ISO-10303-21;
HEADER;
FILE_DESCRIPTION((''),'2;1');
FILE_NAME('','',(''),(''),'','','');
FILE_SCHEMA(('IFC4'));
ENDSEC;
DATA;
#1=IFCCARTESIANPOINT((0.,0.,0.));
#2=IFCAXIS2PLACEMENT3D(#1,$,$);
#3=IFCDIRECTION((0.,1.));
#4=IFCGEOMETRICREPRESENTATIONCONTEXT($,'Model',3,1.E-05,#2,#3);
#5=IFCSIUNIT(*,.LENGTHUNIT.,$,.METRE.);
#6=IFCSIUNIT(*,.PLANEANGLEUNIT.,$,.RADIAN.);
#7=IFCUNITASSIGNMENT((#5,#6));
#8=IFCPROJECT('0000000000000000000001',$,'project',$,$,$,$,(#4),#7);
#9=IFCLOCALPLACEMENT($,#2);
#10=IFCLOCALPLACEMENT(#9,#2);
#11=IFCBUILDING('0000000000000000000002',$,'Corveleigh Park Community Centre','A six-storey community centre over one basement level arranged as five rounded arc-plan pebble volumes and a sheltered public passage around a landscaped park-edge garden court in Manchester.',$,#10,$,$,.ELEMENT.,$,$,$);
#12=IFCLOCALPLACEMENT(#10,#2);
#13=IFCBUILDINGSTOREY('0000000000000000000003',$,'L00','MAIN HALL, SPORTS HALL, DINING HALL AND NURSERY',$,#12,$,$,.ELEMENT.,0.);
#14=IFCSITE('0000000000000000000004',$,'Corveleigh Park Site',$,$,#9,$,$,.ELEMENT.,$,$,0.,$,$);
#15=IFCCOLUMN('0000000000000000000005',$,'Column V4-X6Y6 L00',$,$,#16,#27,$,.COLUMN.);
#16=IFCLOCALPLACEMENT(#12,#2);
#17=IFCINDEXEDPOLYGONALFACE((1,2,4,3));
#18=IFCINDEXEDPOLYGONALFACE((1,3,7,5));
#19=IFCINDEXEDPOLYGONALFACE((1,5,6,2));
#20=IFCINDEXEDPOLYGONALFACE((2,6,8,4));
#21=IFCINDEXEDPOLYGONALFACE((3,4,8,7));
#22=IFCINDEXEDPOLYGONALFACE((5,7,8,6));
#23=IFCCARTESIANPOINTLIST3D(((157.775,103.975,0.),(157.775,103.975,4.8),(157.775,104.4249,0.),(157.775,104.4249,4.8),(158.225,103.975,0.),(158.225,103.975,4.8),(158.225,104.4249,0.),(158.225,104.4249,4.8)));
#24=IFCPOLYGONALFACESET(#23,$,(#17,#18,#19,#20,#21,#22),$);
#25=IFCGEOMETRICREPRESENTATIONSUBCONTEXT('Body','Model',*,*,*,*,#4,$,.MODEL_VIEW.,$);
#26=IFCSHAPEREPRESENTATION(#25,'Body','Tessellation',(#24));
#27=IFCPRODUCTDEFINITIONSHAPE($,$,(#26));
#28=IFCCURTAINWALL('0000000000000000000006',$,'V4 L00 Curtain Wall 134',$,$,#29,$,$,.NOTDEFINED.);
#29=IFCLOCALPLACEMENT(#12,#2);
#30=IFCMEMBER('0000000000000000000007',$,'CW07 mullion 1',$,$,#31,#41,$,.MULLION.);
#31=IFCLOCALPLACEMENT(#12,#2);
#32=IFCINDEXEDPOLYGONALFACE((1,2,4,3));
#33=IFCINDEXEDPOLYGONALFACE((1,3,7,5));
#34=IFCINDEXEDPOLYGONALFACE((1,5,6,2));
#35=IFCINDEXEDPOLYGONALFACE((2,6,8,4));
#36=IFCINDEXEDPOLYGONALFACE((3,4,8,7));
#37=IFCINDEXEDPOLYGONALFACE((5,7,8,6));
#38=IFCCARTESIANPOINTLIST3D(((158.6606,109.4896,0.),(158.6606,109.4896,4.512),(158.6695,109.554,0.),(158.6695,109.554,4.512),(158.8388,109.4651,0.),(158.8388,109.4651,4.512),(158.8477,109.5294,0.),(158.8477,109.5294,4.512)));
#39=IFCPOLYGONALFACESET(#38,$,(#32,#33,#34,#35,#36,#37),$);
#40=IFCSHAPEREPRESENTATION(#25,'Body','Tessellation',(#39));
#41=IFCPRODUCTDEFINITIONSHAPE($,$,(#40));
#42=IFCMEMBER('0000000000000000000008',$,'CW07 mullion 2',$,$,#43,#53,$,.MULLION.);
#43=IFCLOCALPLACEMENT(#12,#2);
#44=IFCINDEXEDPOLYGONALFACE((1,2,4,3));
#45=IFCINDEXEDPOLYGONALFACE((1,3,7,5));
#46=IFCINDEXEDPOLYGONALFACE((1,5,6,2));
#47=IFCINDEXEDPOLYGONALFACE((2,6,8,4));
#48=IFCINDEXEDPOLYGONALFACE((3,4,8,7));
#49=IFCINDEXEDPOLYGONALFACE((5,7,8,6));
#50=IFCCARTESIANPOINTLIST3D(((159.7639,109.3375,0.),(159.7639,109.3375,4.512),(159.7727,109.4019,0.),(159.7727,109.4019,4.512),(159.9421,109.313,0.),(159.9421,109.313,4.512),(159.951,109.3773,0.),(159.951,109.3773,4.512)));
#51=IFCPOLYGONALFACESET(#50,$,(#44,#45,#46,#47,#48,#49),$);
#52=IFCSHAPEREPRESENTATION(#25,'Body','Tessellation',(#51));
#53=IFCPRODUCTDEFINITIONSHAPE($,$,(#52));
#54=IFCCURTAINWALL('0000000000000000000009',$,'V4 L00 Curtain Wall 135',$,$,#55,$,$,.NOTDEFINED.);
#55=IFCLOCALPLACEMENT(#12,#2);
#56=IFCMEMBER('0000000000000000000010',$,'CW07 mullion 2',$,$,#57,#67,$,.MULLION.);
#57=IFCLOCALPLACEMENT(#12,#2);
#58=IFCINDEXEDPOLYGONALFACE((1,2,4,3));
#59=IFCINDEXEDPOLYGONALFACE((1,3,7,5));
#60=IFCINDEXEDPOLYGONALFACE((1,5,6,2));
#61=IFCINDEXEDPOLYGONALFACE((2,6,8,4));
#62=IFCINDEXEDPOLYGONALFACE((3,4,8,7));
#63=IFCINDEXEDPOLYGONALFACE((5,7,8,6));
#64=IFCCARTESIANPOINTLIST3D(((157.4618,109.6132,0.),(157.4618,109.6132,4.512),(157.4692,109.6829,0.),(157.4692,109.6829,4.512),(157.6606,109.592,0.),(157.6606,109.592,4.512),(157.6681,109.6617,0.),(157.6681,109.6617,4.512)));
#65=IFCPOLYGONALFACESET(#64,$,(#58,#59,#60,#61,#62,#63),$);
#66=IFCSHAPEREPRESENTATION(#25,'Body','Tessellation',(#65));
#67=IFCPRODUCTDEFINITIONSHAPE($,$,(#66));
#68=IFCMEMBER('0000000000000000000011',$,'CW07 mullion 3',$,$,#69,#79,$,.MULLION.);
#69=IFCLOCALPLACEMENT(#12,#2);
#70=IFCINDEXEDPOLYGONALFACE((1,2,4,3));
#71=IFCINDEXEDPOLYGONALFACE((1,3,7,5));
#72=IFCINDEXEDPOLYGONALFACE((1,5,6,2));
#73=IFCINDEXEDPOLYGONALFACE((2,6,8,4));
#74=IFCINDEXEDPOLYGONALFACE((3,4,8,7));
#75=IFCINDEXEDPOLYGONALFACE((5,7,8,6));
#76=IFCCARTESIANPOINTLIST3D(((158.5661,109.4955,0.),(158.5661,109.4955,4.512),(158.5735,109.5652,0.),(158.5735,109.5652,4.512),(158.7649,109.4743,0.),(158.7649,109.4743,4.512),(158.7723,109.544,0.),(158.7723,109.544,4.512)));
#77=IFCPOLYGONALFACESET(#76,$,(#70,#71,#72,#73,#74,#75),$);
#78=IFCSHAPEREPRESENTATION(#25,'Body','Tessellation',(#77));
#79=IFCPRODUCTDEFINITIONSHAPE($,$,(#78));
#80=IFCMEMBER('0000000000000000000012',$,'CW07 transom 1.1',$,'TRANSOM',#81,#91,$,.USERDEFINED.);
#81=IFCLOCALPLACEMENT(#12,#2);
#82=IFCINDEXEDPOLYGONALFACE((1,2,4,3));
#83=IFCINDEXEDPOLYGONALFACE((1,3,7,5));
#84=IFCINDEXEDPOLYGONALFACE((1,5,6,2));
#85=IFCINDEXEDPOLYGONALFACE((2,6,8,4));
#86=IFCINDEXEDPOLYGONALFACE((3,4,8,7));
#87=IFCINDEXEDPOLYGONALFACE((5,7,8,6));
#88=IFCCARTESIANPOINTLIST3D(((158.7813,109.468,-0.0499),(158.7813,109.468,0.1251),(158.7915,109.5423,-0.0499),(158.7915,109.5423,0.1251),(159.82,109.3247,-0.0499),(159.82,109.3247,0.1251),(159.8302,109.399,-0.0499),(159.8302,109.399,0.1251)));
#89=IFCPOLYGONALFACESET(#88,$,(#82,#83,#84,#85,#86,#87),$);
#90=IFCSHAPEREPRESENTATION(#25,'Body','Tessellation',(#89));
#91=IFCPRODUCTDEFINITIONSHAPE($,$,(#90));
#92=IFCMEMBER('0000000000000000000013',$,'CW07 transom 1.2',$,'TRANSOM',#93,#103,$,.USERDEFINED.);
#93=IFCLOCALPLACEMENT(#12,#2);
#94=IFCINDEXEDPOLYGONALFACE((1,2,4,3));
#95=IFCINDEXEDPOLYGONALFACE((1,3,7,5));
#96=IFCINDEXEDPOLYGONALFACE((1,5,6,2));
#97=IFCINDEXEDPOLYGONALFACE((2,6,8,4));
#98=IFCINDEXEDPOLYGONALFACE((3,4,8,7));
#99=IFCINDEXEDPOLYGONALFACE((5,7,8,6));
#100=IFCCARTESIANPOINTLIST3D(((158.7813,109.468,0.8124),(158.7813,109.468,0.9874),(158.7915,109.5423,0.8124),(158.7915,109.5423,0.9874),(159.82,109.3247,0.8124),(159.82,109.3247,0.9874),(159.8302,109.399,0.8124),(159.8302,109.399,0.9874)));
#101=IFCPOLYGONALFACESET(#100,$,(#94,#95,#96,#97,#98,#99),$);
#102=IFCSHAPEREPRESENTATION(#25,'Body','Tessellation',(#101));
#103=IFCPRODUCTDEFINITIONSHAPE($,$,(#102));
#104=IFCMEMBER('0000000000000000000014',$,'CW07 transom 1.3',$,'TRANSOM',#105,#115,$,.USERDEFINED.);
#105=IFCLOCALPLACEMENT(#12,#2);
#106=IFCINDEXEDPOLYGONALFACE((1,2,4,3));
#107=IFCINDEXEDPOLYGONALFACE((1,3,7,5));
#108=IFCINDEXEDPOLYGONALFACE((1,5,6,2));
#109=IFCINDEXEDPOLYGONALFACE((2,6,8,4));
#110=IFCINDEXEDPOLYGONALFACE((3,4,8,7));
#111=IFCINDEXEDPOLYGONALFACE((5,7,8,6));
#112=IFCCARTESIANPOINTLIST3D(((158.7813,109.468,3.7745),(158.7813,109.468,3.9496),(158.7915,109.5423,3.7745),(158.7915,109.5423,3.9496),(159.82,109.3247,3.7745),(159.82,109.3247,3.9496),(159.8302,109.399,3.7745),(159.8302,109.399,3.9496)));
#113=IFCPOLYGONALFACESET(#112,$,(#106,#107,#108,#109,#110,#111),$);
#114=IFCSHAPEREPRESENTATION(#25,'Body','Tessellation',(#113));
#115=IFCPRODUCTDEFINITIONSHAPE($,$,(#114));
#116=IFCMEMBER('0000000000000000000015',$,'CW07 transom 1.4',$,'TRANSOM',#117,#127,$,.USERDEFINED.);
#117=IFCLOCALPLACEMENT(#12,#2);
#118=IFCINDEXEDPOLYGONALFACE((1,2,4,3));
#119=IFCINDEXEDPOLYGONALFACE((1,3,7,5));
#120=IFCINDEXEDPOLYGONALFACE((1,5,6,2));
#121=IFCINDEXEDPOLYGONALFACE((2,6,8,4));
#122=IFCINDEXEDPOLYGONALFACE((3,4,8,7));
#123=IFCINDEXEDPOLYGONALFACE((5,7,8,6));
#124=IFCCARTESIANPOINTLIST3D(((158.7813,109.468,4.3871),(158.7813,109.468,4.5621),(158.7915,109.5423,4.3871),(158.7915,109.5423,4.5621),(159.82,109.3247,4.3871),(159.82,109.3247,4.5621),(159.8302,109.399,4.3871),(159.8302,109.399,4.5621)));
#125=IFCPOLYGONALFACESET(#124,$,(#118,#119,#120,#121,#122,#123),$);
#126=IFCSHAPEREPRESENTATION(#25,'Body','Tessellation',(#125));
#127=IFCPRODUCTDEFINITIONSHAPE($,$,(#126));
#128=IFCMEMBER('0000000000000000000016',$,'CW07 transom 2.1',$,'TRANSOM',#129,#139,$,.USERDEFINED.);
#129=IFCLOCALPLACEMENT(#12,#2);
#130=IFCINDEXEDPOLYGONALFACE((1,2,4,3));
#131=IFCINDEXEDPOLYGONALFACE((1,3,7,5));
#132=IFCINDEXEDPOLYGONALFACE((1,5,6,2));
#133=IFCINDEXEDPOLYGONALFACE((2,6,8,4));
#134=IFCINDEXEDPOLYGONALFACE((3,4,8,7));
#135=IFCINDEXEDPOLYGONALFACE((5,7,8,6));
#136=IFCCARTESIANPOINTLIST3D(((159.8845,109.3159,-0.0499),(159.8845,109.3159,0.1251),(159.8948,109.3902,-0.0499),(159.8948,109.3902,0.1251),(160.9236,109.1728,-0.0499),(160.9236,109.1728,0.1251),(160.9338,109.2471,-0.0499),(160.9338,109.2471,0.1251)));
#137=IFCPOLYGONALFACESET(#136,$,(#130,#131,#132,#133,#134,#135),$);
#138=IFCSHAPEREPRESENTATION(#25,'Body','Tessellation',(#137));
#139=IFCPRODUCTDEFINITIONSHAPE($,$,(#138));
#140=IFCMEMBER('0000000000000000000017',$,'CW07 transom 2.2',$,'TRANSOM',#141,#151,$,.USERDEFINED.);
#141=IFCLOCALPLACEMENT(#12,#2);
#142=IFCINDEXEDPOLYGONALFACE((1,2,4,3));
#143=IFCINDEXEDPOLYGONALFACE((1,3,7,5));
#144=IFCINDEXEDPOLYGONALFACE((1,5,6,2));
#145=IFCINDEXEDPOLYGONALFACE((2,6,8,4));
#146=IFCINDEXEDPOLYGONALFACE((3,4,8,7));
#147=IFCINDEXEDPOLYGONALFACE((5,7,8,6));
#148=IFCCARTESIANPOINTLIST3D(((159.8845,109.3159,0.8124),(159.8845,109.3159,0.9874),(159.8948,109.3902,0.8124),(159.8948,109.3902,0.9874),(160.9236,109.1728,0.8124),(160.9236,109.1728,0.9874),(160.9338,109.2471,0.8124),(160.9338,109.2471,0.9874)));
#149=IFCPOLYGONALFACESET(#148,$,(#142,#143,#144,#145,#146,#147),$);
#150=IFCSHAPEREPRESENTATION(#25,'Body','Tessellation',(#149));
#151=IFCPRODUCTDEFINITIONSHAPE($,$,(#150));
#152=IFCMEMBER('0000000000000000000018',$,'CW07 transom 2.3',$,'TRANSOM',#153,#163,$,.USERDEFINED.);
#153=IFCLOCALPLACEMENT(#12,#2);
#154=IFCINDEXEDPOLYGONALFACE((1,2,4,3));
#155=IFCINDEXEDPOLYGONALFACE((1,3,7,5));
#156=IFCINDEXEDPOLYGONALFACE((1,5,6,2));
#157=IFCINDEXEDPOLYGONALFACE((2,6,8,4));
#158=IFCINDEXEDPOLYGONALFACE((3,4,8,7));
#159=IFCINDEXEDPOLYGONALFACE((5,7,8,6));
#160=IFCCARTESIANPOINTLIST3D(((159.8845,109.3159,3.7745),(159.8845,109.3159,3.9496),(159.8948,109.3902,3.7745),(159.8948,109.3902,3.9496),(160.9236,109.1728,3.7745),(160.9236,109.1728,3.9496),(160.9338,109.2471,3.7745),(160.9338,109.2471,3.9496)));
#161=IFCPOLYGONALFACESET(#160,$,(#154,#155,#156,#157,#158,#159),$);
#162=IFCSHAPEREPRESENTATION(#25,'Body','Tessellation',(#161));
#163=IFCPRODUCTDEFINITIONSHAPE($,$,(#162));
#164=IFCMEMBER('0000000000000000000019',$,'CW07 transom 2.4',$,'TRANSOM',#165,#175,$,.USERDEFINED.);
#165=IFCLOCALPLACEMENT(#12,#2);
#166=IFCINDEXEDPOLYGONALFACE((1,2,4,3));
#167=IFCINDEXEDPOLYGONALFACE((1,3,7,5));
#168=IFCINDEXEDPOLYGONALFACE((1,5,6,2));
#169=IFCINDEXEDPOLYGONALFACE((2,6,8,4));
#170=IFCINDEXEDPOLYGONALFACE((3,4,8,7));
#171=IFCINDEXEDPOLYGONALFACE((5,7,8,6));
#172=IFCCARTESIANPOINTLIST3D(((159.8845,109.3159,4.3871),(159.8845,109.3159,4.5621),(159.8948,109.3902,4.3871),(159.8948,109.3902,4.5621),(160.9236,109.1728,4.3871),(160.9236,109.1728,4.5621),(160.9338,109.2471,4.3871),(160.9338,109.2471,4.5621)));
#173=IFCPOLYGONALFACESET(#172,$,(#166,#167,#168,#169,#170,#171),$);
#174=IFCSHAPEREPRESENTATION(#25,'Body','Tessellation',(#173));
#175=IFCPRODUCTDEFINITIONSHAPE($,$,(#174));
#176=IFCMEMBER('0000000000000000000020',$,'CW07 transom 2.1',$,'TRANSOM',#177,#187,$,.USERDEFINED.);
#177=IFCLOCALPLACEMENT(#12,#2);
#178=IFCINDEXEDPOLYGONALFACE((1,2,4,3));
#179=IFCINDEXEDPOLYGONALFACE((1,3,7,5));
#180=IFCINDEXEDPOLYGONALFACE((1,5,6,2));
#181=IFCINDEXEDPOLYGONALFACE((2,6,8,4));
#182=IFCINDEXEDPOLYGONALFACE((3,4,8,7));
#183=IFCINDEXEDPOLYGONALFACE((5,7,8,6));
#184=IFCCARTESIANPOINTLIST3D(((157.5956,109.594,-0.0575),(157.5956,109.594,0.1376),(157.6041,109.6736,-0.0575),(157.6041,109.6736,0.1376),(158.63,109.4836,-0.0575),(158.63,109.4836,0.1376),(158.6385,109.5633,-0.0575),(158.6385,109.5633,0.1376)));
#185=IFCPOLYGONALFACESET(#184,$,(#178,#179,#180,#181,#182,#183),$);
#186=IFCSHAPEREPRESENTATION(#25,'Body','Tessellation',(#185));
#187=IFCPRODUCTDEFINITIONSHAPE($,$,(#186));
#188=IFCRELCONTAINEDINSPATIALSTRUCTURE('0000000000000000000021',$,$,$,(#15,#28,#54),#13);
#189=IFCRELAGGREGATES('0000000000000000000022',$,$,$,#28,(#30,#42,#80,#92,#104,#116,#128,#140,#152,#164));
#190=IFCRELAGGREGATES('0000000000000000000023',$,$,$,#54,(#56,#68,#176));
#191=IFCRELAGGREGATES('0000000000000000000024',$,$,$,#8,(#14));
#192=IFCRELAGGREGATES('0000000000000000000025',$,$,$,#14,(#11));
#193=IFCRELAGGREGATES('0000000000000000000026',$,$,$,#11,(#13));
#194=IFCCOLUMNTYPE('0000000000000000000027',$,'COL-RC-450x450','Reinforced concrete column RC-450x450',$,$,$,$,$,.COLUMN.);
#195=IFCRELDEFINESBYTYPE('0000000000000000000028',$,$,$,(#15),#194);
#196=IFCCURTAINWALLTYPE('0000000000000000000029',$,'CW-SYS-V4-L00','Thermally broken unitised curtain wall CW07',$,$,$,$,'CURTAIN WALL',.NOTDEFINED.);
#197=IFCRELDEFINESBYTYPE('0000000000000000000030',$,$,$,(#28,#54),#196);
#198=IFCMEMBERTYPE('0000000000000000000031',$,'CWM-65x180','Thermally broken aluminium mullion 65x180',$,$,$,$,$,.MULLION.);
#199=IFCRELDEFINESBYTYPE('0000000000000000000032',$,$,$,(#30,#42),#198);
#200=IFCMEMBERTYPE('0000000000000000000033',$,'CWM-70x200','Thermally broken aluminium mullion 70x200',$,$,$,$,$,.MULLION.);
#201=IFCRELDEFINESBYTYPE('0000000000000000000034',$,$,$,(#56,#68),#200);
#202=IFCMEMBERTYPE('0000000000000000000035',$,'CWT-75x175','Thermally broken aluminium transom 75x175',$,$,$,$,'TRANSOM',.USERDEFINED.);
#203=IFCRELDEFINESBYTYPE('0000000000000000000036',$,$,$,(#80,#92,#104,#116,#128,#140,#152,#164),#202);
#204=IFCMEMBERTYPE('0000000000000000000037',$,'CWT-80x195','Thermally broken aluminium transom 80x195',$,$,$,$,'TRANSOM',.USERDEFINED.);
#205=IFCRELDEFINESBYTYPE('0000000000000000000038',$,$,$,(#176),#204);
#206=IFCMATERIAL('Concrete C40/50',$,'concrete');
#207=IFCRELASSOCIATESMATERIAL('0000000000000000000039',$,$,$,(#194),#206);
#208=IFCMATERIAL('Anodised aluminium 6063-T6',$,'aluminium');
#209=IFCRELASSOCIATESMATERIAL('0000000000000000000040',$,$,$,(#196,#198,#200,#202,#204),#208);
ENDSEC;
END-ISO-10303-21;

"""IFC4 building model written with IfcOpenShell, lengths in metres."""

from ifc_helpers import new_model, si_unit, direction, frame, origin, origin_2d, place, context, subcontext, project, spatial, rectangle, extrude, material, material_profile, profile_set, type_object, element, aggregate, save


model = new_model("IFC4")

# Units and contexts
model_context = context("Model", 3, precision=1e-05, world=origin(), true_north=direction((0.0, 1.0)))
body_context = subcontext(model_context, "Body", "Model", "MODEL_VIEW")
ifc_project = project(units=[si_unit("LENGTHUNIT", "METRE"), si_unit("PLANEANGLEUNIT", "RADIAN")], contexts=[model_context])

# Site, building, storey
site_placement = place(None, origin())
site = spatial("IfcSite", under=ifc_project, at=site_placement, Name="Corveleigh Park Site", CompositionType="ELEMENT", RefElevation=0.0)
building_placement = place(site_placement, origin())
building = spatial("IfcBuilding", under=site, at=building_placement, Name="Corveleigh Park Community Centre", Description="A six-storey community centre over one basement level arranged as five rounded arc-plan pebble volumes and a sheltered public passage around a landscaped park-edge garden court in Manchester.", CompositionType="ELEMENT")
storey_placement = place(building_placement, origin())
storey = spatial("IfcBuildingStorey", under=building, at=storey_placement, Name="L00", Description="MAIN HALL, SPORTS HALL, DINING HALL AND NURSERY", CompositionType="ELEMENT", Elevation=0.0)

# Column
ifc_material_1 = material(Name="Concrete C40/50", Category="concrete")
ifc_material_profile_1 = material_profile(ifc_material_1, rectangle(XDim=0.45, YDim=0.45, at=origin_2d()), Name="RC-450x450", Category="concrete")
ifc_profile_set_1 = profile_set([ifc_material_profile_1], Name="Concrete C40/50")
column_type = type_object("IfcColumnType", Name="COL-RC-450x450", Description="Reinforced concrete column RC-450x450", PredefinedType="COLUMN", material=ifc_profile_set_1)
column_placement = place(storey_placement, frame((158.0, 104.2, 0.0), z_axis=(0.0, 0.0, 1.0), x_axis=(1.0, 0.0, 0.0)))
element("IfcColumn", 1, at=column_placement, inside=storey, type_object=column_type, Name="Column V4-X6Y6 L00", PredefinedType="COLUMN", context=body_context, shape_type="SweptSolid", body=[
    extrude(rectangle(XDim=0.45, YDim=0.45, at=origin_2d()), origin(), (0.0, 0.0, 1.0), 4.8),
])

# Curtain walls, members
ifc_material_2 = material(Name="Anodised aluminium 6063-T6", Category="aluminium")
curtain_wall_type = type_object("IfcCurtainWallType", Name="CW-SYS-V4-L00", Description="Thermally broken unitised curtain wall CW07", ElementType="CURTAIN WALL", PredefinedType="NOTDEFINED", material=ifc_material_2)
curtain_wall_1_placement = place(storey_placement, origin())
curtain_wall_1 = element("IfcCurtainWall", 2, at=curtain_wall_1_placement, inside=storey, type_object=curtain_wall_type, Name="V4 L00 Curtain Wall 134", PredefinedType="NOTDEFINED")
ifc_material_profile_2 = material_profile(ifc_material_2, rectangle(XDim=0.0649, YDim=0.1799, at=origin_2d()), Name="ALU-M65x180", Category="aluminium")
ifc_profile_set_2 = profile_set([ifc_material_profile_2], Name="Anodised aluminium 6063-T6")
member_type_1 = type_object("IfcMemberType", Name="CWM-65x180", Description="Thermally broken aluminium mullion 65x180", PredefinedType="MULLION", material=ifc_profile_set_2)
member_1_placement = place(storey_placement, frame((158.7542, 109.5095, 0.0), z_axis=(0.0, 0.0, 1.0), x_axis=(0.136534, 0.990635, 0.0)))
member_1 = element("IfcMember", 3, at=member_1_placement, type_object=member_type_1, Name="CW07 mullion 1", PredefinedType="MULLION", context=body_context, shape_type="SweptSolid", body=[
    extrude(rectangle(XDim=0.0649, YDim=0.1799, at=origin_2d()), origin(), (0.0, 0.0, 1.0), 4.512),
])
member_2_placement = place(storey_placement, frame((159.8574, 109.3574, 0.0), z_axis=(0.0, 0.0, 1.0), x_axis=(0.136534, 0.990635, 0.0)))
member_2 = element("IfcMember", 4, at=member_2_placement, type_object=member_type_1, Name="CW07 mullion 2", PredefinedType="MULLION", context=body_context, shape_type="SweptSolid", body=[
    extrude(rectangle(XDim=0.0649, YDim=0.1799, at=origin_2d()), origin(), (0.0, 0.0, 1.0), 4.512),
])
curtain_wall_2_placement = place(storey_placement, origin())
curtain_wall_2 = element("IfcCurtainWall", 5, at=curtain_wall_2_placement, inside=storey, type_object=curtain_wall_type, Name="V4 L00 Curtain Wall 135", PredefinedType="NOTDEFINED")
ifc_material_profile_3 = material_profile(ifc_material_2, rectangle(XDim=0.0701, YDim=0.2, at=origin_2d()), Name="ALU-M70x200", Category="aluminium")
ifc_profile_set_3 = profile_set([ifc_material_profile_3], Name="Anodised aluminium 6063-T6")
member_type_2 = type_object("IfcMemberType", Name="CWM-70x200", Description="Thermally broken aluminium mullion 70x200", PredefinedType="MULLION", material=ifc_profile_set_3)
member_3_placement = place(storey_placement, frame((157.5649, 109.6375, 0.0), z_axis=(0.0, 0.0, 1.0), x_axis=(0.106071, 0.994359, 0.0)))
member_3 = element("IfcMember", 6, at=member_3_placement, type_object=member_type_2, Name="CW07 mullion 2", PredefinedType="MULLION", context=body_context, shape_type="SweptSolid", body=[
    extrude(rectangle(XDim=0.0701, YDim=0.2, at=origin_2d()), origin(), (0.0, 0.0, 1.0), 4.512),
])
member_4_placement = place(storey_placement, frame((158.6692, 109.5198, 0.0), z_axis=(0.0, 0.0, 1.0), x_axis=(0.106071, 0.994359, 0.0)))
member_4 = element("IfcMember", 7, at=member_4_placement, type_object=member_type_2, Name="CW07 mullion 3", PredefinedType="MULLION", context=body_context, shape_type="SweptSolid", body=[
    extrude(rectangle(XDim=0.0701, YDim=0.2, at=origin_2d()), origin(), (0.0, 0.0, 1.0), 4.512),
])

# Members
ifc_material_profile_4 = material_profile(ifc_material_2, rectangle(XDim=0.075, YDim=0.175, at=origin_2d()), Name="ALU-T75x175", Category="aluminium")
ifc_profile_set_4 = profile_set([ifc_material_profile_4], Name="Anodised aluminium 6063-T6")
member_type_3 = type_object("IfcMemberType", Name="CWT-75x175", Description="Thermally broken aluminium transom 75x175", ElementType="TRANSOM", PredefinedType="USERDEFINED", material=ifc_profile_set_4)
member_5_placement = place(storey_placement, frame((158.7864, 109.5051, 0.0376), z_axis=(0.990618, -0.136661, 0.0), x_axis=(0.136661, 0.990618, 0.0)))
member_5 = element("IfcMember", 8, at=member_5_placement, type_object=member_type_3, Name="CW07 transom 1.1", ObjectType="TRANSOM", PredefinedType="USERDEFINED", context=body_context, shape_type="SweptSolid", body=[
    extrude(rectangle(XDim=0.075, YDim=0.175, at=origin_2d()), origin(), (0.0, 0.0, 1.0), 1.0486),
])
member_6_placement = place(storey_placement, frame((158.7864, 109.5051, 0.8999), z_axis=(0.990618, -0.136661, 0.0), x_axis=(0.136661, 0.990618, 0.0)))
member_6 = element("IfcMember", 9, at=member_6_placement, type_object=member_type_3, Name="CW07 transom 1.2", ObjectType="TRANSOM", PredefinedType="USERDEFINED", context=body_context, shape_type="SweptSolid", body=[
    extrude(rectangle(XDim=0.075, YDim=0.175, at=origin_2d()), origin(), (0.0, 0.0, 1.0), 1.0486),
])
member_7_placement = place(storey_placement, frame((158.7864, 109.5051, 3.8621), z_axis=(0.990618, -0.136661, 0.0), x_axis=(0.136661, 0.990618, 0.0)))
member_7 = element("IfcMember", 10, at=member_7_placement, type_object=member_type_3, Name="CW07 transom 1.3", ObjectType="TRANSOM", PredefinedType="USERDEFINED", context=body_context, shape_type="SweptSolid", body=[
    extrude(rectangle(XDim=0.075, YDim=0.175, at=origin_2d()), origin(), (0.0, 0.0, 1.0), 1.0486),
])
member_8_placement = place(storey_placement, frame((158.7864, 109.5051, 4.4746), z_axis=(0.990618, -0.136661, 0.0), x_axis=(0.136661, 0.990618, 0.0)))
member_8 = element("IfcMember", 11, at=member_8_placement, type_object=member_type_3, Name="CW07 transom 1.4", ObjectType="TRANSOM", PredefinedType="USERDEFINED", context=body_context, shape_type="SweptSolid", body=[
    extrude(rectangle(XDim=0.075, YDim=0.175, at=origin_2d()), origin(), (0.0, 0.0, 1.0), 1.0486),
])
member_9_placement = place(storey_placement, frame((159.8896, 109.353, 0.0376), z_axis=(0.990654, -0.136401, 0.0), x_axis=(0.136401, 0.990654, 0.0)))
member_9 = element("IfcMember", 12, at=member_9_placement, type_object=member_type_3, Name="CW07 transom 2.1", ObjectType="TRANSOM", PredefinedType="USERDEFINED", context=body_context, shape_type="SweptSolid", body=[
    extrude(rectangle(XDim=0.075, YDim=0.175, at=origin_2d()), origin(), (0.0, 0.0, 1.0), 1.0488),
])
member_10_placement = place(storey_placement, frame((159.8896, 109.353, 0.8999), z_axis=(0.990654, -0.136401, 0.0), x_axis=(0.136401, 0.990654, 0.0)))
member_10 = element("IfcMember", 13, at=member_10_placement, type_object=member_type_3, Name="CW07 transom 2.2", ObjectType="TRANSOM", PredefinedType="USERDEFINED", context=body_context, shape_type="SweptSolid", body=[
    extrude(rectangle(XDim=0.075, YDim=0.175, at=origin_2d()), origin(), (0.0, 0.0, 1.0), 1.0488),
])
member_11_placement = place(storey_placement, frame((159.8896, 109.353, 3.8621), z_axis=(0.990654, -0.136401, 0.0), x_axis=(0.136401, 0.990654, 0.0)))
member_11 = element("IfcMember", 14, at=member_11_placement, type_object=member_type_3, Name="CW07 transom 2.3", ObjectType="TRANSOM", PredefinedType="USERDEFINED", context=body_context, shape_type="SweptSolid", body=[
    extrude(rectangle(XDim=0.075, YDim=0.175, at=origin_2d()), origin(), (0.0, 0.0, 1.0), 1.0488),
])
member_12_placement = place(storey_placement, frame((159.8896, 109.353, 4.4746), z_axis=(0.990654, -0.136401, 0.0), x_axis=(0.136401, 0.990654, 0.0)))
member_12 = element("IfcMember", 15, at=member_12_placement, type_object=member_type_3, Name="CW07 transom 2.4", ObjectType="TRANSOM", PredefinedType="USERDEFINED", context=body_context, shape_type="SweptSolid", body=[
    extrude(rectangle(XDim=0.075, YDim=0.175, at=origin_2d()), origin(), (0.0, 0.0, 1.0), 1.0488),
])
ifc_material_profile_5 = material_profile(ifc_material_2, rectangle(XDim=0.0801, YDim=0.1951, at=origin_2d()), Name="ALU-T80x195", Category="aluminium")
ifc_profile_set_5 = profile_set([ifc_material_profile_5], Name="Anodised aluminium 6063-T6")
member_type_4 = type_object("IfcMemberType", Name="CWT-80x195", Description="Thermally broken aluminium transom 80x195", ElementType="TRANSOM", PredefinedType="USERDEFINED", material=ifc_profile_set_5)
member_13_placement = place(storey_placement, frame((157.5999, 109.6338, 0.04), z_axis=(0.994358, -0.106077, 0.0), x_axis=(0.106077, 0.994358, 0.0)))
member_13 = element("IfcMember", 16, at=member_13_placement, type_object=member_type_4, Name="CW07 transom 2.1", ObjectType="TRANSOM", PredefinedType="USERDEFINED", context=body_context, shape_type="SweptSolid", body=[
    extrude(rectangle(XDim=0.0801, YDim=0.1951, at=origin_2d()), origin(), (0.0, 0.0, 1.0), 1.0403),
])

aggregate(curtain_wall_1, [member_1, member_2, member_5, member_6, member_7, member_8, member_9, member_10, member_11, member_12])
aggregate(curtain_wall_2, [member_3, member_4, member_13])

save(model, "model.ifc")
